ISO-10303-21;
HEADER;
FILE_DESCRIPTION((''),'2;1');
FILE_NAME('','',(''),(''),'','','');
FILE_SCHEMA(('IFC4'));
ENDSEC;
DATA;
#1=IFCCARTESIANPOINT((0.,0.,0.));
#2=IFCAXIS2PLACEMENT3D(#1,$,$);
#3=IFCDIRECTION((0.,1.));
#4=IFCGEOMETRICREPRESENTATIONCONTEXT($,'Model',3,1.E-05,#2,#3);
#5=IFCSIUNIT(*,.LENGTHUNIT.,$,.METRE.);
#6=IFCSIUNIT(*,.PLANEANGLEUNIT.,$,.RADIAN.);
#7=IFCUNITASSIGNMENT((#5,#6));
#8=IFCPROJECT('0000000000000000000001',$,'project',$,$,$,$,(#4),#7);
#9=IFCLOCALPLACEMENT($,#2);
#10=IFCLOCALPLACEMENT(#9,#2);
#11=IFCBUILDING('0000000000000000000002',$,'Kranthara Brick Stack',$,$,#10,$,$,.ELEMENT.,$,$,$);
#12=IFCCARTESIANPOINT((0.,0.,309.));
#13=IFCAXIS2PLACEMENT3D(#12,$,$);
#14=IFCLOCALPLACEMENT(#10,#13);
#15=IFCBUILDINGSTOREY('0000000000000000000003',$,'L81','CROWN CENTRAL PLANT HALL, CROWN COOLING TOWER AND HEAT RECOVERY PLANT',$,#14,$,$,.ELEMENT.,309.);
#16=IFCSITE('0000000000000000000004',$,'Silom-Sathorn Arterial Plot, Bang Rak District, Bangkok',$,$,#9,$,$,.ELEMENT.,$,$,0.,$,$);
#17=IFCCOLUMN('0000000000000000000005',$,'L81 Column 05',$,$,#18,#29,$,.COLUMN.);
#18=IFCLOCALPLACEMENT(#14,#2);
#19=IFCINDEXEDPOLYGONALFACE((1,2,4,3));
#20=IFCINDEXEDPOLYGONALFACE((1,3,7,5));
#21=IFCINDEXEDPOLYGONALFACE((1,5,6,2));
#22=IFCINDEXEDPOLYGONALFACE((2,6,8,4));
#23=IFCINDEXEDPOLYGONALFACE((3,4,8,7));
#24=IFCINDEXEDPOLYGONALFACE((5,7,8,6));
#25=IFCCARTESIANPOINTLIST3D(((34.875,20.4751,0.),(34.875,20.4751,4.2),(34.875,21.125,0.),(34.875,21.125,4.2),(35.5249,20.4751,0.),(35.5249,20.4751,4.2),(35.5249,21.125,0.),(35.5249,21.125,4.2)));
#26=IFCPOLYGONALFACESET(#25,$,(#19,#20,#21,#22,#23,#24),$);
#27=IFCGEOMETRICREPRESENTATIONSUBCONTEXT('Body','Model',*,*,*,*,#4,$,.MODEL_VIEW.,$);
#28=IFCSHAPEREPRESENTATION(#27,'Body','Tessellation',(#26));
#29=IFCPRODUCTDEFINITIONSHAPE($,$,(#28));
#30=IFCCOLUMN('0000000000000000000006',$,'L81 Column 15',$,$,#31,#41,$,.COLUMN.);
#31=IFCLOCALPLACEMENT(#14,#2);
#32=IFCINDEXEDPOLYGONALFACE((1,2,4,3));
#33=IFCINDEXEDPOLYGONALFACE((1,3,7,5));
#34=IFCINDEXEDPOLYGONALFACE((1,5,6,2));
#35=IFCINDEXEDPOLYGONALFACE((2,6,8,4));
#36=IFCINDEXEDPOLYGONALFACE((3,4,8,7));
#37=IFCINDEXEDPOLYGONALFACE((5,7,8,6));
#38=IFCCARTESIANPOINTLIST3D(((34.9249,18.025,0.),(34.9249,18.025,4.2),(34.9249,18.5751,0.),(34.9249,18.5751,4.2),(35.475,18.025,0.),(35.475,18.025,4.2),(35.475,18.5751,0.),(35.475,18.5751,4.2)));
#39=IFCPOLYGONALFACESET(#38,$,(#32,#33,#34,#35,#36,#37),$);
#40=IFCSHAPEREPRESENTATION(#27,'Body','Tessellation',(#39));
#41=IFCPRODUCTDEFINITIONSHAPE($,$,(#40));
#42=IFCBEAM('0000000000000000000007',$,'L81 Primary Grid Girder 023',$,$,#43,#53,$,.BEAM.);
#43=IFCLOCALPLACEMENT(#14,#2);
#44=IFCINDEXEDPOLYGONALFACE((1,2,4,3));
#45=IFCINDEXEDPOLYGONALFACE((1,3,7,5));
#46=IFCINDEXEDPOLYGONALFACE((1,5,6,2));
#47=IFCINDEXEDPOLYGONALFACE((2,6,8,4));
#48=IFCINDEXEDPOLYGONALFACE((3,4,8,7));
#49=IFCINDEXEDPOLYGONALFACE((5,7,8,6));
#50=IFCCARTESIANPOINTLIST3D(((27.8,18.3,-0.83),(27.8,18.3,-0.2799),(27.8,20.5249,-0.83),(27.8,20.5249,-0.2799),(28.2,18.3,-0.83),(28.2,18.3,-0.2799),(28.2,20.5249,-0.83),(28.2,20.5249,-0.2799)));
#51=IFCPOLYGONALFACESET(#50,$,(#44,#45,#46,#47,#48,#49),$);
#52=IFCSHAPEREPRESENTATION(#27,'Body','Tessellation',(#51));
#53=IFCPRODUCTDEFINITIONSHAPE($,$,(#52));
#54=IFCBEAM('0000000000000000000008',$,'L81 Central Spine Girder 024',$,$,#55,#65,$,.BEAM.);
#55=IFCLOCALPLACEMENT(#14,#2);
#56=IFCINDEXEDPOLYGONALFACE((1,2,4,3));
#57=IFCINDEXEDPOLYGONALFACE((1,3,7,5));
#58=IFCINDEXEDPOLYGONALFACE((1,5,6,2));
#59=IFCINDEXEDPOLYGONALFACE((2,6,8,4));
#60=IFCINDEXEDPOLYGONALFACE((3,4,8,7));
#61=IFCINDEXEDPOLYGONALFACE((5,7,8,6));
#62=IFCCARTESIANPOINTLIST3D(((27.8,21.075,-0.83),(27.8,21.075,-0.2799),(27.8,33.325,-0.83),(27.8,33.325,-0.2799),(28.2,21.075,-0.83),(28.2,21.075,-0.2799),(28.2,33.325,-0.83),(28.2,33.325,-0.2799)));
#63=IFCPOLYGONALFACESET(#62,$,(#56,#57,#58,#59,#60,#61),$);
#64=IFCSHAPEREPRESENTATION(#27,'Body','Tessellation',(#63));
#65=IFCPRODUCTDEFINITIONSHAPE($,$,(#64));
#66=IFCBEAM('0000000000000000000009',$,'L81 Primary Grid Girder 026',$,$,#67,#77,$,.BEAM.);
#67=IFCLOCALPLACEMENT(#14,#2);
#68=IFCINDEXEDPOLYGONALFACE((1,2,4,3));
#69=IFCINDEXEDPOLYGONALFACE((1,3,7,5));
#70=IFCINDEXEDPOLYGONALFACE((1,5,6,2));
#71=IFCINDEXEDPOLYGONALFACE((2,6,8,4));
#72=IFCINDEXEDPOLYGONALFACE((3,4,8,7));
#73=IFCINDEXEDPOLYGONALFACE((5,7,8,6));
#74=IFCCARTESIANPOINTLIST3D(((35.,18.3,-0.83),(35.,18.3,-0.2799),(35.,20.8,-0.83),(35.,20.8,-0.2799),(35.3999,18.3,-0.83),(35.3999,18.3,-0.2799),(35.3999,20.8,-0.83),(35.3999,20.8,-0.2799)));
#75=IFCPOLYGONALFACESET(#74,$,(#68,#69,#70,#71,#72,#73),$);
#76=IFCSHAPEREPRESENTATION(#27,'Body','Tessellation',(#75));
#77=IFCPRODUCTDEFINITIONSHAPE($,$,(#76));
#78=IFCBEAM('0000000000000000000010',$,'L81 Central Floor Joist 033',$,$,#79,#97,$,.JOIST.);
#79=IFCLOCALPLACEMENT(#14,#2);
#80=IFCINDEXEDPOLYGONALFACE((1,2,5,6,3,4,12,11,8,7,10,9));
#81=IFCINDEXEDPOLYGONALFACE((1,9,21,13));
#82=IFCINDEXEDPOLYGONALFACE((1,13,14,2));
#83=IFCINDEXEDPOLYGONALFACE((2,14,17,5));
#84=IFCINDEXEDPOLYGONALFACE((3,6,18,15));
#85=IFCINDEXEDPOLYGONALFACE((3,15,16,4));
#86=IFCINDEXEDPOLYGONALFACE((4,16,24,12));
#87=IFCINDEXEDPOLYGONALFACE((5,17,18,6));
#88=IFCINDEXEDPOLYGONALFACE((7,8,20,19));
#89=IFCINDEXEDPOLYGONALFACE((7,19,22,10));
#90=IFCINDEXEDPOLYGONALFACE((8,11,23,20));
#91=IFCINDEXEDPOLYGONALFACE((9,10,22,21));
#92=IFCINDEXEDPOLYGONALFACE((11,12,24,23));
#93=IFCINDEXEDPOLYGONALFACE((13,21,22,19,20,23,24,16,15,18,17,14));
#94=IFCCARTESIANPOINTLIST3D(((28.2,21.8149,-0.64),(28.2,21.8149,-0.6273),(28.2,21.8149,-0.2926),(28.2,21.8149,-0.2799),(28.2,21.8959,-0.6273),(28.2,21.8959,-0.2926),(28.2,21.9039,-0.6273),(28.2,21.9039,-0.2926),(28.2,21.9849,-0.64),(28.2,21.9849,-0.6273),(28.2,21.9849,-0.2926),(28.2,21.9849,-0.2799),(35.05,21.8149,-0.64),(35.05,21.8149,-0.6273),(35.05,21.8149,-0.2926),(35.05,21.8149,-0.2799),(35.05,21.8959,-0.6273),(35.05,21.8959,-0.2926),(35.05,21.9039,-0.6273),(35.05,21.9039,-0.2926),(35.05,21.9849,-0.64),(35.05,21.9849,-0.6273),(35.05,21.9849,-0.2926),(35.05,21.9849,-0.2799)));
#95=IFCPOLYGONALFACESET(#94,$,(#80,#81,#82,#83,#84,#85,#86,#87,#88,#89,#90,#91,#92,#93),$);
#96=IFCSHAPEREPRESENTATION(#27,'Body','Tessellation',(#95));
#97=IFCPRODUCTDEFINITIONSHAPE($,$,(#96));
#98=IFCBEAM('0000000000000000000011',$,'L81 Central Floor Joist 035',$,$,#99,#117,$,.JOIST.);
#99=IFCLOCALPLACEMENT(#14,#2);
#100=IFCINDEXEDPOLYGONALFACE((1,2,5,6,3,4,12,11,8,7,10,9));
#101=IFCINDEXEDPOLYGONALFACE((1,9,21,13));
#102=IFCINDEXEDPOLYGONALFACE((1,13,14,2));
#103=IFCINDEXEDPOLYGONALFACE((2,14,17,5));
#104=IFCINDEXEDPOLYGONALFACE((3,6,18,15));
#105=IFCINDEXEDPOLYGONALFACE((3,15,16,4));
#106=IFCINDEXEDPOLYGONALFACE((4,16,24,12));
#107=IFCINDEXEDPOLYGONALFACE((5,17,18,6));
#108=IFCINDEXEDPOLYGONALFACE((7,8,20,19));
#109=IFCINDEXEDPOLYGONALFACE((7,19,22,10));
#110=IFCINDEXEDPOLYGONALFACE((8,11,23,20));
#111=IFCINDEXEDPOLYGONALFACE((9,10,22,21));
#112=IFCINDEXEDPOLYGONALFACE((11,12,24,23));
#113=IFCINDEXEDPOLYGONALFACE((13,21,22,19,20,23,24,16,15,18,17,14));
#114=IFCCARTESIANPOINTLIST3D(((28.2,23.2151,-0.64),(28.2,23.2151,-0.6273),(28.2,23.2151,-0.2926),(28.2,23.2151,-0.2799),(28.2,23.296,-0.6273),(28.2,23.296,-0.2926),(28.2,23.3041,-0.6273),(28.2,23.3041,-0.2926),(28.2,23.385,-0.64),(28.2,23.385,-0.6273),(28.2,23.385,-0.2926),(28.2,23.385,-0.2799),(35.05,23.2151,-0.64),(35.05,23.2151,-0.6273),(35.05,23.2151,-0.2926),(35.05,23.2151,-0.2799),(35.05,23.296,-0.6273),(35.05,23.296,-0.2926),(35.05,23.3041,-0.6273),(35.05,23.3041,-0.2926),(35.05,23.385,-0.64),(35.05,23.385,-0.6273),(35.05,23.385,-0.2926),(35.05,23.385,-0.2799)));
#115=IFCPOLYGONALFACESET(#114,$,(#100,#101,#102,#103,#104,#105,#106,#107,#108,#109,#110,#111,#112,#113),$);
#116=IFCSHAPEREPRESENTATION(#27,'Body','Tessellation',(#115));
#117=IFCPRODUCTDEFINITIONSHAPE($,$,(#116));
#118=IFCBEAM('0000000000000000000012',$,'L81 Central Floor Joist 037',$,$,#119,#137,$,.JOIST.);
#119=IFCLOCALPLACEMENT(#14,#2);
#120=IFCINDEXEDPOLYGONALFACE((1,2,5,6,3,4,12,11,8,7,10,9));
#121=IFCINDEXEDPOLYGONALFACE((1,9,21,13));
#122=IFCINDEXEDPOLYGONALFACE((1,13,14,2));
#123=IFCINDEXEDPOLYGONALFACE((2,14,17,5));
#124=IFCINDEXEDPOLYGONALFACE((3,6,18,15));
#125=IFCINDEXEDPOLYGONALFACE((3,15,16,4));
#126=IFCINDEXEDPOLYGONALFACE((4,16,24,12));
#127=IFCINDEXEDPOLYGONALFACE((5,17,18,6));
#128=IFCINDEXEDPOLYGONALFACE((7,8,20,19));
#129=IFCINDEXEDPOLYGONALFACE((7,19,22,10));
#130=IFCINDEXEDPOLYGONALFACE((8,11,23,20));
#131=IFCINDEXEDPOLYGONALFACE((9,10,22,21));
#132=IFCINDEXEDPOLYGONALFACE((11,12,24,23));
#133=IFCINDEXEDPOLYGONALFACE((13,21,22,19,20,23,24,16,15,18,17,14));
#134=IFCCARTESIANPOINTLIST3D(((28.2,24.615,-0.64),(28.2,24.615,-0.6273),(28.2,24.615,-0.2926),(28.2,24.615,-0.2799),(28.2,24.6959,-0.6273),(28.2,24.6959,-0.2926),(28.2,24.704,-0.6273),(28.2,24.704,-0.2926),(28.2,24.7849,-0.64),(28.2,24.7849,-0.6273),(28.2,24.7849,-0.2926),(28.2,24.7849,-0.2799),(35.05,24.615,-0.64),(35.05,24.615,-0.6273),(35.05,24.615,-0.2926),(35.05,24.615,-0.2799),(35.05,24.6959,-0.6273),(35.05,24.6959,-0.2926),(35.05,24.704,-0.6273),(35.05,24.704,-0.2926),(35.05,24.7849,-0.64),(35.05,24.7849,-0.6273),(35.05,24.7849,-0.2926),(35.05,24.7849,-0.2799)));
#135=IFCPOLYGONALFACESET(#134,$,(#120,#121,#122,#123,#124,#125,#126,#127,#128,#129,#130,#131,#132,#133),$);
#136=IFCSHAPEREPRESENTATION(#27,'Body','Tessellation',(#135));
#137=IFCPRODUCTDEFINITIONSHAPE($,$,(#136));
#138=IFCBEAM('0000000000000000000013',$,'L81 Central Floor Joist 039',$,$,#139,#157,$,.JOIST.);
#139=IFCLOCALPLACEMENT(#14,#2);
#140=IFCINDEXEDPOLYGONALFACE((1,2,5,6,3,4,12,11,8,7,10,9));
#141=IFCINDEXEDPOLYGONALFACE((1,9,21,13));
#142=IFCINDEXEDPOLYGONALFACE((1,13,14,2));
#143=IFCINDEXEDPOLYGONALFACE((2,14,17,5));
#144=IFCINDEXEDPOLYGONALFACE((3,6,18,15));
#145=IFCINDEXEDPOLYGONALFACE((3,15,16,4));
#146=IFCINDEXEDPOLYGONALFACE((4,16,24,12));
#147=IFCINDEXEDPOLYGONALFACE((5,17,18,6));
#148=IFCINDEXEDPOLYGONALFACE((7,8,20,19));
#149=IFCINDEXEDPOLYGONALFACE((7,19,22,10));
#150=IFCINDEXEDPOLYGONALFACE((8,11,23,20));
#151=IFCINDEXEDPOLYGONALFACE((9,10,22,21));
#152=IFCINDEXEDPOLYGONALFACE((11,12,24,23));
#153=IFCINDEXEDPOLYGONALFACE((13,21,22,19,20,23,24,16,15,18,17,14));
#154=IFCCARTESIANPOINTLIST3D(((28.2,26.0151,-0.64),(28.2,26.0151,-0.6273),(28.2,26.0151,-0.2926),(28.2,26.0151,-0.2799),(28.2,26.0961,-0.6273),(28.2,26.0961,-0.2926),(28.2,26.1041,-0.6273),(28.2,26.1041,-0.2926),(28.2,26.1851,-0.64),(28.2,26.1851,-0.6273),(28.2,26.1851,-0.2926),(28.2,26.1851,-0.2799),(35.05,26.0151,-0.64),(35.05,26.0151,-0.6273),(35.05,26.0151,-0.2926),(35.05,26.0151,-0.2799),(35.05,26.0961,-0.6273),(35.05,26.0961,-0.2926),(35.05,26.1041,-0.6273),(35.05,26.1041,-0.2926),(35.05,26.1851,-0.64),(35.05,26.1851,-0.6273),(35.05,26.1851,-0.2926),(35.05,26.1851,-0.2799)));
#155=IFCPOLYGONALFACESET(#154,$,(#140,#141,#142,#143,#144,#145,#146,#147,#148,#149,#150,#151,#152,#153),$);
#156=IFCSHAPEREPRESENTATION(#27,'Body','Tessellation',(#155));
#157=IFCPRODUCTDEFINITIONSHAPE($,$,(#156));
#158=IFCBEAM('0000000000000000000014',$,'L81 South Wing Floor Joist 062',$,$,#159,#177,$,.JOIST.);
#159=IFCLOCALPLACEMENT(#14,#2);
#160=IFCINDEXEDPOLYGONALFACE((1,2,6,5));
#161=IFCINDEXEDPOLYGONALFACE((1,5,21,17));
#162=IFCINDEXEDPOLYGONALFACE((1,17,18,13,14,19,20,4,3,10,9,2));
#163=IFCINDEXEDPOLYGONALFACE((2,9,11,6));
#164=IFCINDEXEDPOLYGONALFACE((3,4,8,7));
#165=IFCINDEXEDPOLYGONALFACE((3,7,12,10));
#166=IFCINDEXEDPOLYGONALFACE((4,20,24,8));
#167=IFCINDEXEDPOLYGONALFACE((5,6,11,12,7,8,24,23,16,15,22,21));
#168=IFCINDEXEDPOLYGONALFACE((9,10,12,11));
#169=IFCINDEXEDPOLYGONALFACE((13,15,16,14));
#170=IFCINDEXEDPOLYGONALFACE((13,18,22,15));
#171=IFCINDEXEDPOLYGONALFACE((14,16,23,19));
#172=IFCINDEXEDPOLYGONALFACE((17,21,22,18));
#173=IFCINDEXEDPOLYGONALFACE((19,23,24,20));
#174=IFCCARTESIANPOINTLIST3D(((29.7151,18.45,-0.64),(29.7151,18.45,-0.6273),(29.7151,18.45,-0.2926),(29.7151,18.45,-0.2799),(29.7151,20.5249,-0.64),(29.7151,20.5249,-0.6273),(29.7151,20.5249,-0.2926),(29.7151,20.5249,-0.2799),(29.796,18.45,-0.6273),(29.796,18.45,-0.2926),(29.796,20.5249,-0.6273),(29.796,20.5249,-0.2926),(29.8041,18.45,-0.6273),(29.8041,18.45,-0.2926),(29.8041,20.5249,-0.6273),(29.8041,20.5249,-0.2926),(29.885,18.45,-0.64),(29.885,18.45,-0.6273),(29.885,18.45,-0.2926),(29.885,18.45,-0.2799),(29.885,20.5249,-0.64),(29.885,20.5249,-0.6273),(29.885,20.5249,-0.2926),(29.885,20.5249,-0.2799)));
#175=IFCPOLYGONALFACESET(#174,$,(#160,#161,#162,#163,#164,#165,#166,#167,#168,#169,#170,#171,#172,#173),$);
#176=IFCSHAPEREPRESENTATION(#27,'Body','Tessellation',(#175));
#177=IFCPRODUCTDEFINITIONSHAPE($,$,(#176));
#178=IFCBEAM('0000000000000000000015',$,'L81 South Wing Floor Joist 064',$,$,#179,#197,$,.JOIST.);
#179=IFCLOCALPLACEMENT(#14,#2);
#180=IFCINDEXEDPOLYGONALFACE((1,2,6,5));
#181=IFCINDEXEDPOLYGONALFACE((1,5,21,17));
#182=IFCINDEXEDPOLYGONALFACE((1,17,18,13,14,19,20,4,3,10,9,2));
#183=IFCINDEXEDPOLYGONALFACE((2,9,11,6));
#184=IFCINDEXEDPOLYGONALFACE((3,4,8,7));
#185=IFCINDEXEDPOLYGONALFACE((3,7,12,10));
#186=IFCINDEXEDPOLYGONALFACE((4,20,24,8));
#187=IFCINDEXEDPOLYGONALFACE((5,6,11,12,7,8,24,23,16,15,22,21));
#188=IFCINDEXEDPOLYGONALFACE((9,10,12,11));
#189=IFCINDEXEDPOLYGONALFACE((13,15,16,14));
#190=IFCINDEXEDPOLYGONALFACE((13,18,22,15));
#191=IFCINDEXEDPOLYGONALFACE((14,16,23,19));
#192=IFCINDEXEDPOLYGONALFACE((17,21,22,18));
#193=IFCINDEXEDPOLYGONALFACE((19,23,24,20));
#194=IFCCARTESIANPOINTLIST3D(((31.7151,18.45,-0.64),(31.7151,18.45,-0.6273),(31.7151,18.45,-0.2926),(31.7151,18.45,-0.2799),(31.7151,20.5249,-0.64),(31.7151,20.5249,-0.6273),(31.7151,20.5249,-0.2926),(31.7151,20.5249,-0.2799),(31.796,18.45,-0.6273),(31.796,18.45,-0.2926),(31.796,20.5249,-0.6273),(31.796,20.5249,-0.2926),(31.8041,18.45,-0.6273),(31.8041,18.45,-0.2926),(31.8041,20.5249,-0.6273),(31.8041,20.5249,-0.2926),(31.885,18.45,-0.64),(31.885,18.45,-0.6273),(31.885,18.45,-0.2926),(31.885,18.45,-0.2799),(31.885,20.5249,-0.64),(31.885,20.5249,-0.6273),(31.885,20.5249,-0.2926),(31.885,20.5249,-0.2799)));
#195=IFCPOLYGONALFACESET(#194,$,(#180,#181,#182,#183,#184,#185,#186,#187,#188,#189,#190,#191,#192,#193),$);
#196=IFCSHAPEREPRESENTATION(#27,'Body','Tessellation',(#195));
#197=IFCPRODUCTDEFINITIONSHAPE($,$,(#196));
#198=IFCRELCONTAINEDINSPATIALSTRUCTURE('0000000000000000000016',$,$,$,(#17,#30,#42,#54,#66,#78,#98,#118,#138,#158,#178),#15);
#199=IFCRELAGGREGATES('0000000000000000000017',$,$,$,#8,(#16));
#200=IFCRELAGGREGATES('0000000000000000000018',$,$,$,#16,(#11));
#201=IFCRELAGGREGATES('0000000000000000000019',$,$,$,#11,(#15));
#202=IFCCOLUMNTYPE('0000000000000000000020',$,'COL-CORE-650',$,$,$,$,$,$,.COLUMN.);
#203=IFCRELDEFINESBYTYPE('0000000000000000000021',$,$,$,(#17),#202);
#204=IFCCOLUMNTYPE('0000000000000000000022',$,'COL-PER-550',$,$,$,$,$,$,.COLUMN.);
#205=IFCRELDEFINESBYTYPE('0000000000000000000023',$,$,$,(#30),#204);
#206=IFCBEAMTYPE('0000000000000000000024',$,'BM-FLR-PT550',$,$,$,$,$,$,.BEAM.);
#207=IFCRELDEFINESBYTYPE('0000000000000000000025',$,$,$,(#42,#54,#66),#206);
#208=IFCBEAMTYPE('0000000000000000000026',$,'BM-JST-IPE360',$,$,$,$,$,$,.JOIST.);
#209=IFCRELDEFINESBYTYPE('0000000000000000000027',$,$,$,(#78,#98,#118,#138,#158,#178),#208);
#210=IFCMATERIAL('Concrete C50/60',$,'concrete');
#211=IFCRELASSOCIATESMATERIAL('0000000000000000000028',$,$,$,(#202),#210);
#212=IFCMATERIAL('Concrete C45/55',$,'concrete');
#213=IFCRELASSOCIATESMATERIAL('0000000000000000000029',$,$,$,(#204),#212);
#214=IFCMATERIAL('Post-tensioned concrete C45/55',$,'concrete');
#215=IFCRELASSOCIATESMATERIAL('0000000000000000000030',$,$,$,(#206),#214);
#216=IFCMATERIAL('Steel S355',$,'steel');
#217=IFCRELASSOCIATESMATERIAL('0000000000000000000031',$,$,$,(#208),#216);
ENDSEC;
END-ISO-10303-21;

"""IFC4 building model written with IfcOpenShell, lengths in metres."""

from ifc_helpers import new_model, si_unit, direction, frame, origin, origin_2d, place, context, subcontext, project, spatial, rectangle, i_section, extrude, material, material_profile, profile_set, type_object, element, save


model = new_model("IFC4")

# Units and contexts
model_context = context("Model", 3, precision=1e-05, world=origin(), true_north=direction((0.0, 1.0)))
body_context = subcontext(model_context, "Body", "Model", "MODEL_VIEW")
ifc_project = project(units=[si_unit("LENGTHUNIT", "METRE"), si_unit("PLANEANGLEUNIT", "RADIAN")], contexts=[model_context])

# Site, building, storey
site_placement = place(None, origin())
site = spatial("IfcSite", under=ifc_project, at=site_placement, Name="Silom-Sathorn Arterial Plot, Bang Rak District, Bangkok", CompositionType="ELEMENT", RefElevation=0.0)
building_placement = place(site_placement, origin())
building = spatial("IfcBuilding", under=site, at=building_placement, Name="Kranthara Brick Stack", CompositionType="ELEMENT")
storey_placement = place(building_placement, frame((0.0, 0.0, 309.0)))
storey = spatial("IfcBuildingStorey", under=building, at=storey_placement, Name="L81", Description="CROWN CENTRAL PLANT HALL, CROWN COOLING TOWER AND HEAT RECOVERY PLANT", CompositionType="ELEMENT", Elevation=309.0)

# Columns
ifc_material_1 = material(Name="Concrete C50/60", Category="concrete")
ifc_material_profile_1 = material_profile(ifc_material_1, rectangle(XDim=0.6499, YDim=0.6499, at=origin_2d()), Name="RC 650x650")
ifc_profile_set_1 = profile_set([ifc_material_profile_1], Name="Concrete C50/60")
column_type_1 = type_object("IfcColumnType", Name="COL-CORE-650", PredefinedType="COLUMN", material=ifc_profile_set_1)
column_1_placement = place(storey_placement, frame((35.2, 20.8, 0.0), z_axis=(0.0, 0.0, 1.0), x_axis=(1.0, 0.0, 0.0)))
element("IfcColumn", 1, at=column_1_placement, inside=storey, type_object=column_type_1, Name="L81 Column 05", PredefinedType="COLUMN", context=body_context, shape_type="SweptSolid", body=[
    extrude(rectangle(XDim=0.6499, YDim=0.6499, at=origin_2d()), origin(), (0.0, 0.0, 1.0), 4.2),
])
ifc_material_2 = material(Name="Concrete C45/55", Category="concrete")
ifc_material_profile_2 = material_profile(ifc_material_2, rectangle(XDim=0.55, YDim=0.55, at=origin_2d()), Name="RC 550x550")
ifc_profile_set_2 = profile_set([ifc_material_profile_2], Name="Concrete C45/55")
column_type_2 = type_object("IfcColumnType", Name="COL-PER-550", PredefinedType="COLUMN", material=ifc_profile_set_2)
column_2_placement = place(storey_placement, frame((35.2, 18.3, 0.0), z_axis=(0.0, 0.0, 1.0), x_axis=(1.0, 0.0, 0.0)))
element("IfcColumn", 2, at=column_2_placement, inside=storey, type_object=column_type_2, Name="L81 Column 15", PredefinedType="COLUMN", context=body_context, shape_type="SweptSolid", body=[
    extrude(rectangle(XDim=0.55, YDim=0.55, at=origin_2d()), origin(), (0.0, 0.0, 1.0), 4.2),
])

# Beams
ifc_material_3 = material(Name="Post-tensioned concrete C45/55", Category="concrete")
ifc_material_profile_3 = material_profile(ifc_material_3, rectangle(XDim=0.3999, YDim=0.55, at=origin_2d()), Name="PT 400x550")
ifc_profile_set_3 = profile_set([ifc_material_profile_3], Name="Post-tensioned concrete C45/55")
beam_type_1 = type_object("IfcBeamType", Name="BM-FLR-PT550", PredefinedType="BEAM", material=ifc_profile_set_3)
beam_1_placement = place(storey_placement, frame((28.0, 18.3, -0.5549), z_axis=(0.0, 1.0, 0.0), x_axis=(-1.0, 0.0, 0.0)))
element("IfcBeam", 3, at=beam_1_placement, inside=storey, type_object=beam_type_1, Name="L81 Primary Grid Girder 023", PredefinedType="BEAM", context=body_context, shape_type="SweptSolid", body=[
    extrude(rectangle(XDim=0.3999, YDim=0.55, at=origin_2d()), origin(), (0.0, 0.0, 1.0), 2.2249),
])
beam_2_placement = place(storey_placement, frame((28.0, 21.075, -0.5549), z_axis=(0.0, 1.0, 0.0), x_axis=(-1.0, 0.0, 0.0)))
element("IfcBeam", 4, at=beam_2_placement, inside=storey, type_object=beam_type_1, Name="L81 Central Spine Girder 024", PredefinedType="BEAM", context=body_context, shape_type="SweptSolid", body=[
    extrude(rectangle(XDim=0.3999, YDim=0.55, at=origin_2d()), origin(), (0.0, 0.0, 1.0), 12.25),
])
beam_3_placement = place(storey_placement, frame((35.2, 18.3, -0.5549), z_axis=(0.0, 1.0, 0.0), x_axis=(-1.0, 0.0, 0.0)))
element("IfcBeam", 5, at=beam_3_placement, inside=storey, type_object=beam_type_1, Name="L81 Primary Grid Girder 026", PredefinedType="BEAM", context=body_context, shape_type="SweptSolid", body=[
    extrude(rectangle(XDim=0.3999, YDim=0.55, at=origin_2d()), origin(), (0.0, 0.0, 1.0), 2.5),
])
ifc_material_4 = material(Name="Steel S355", Category="steel")
ifc_material_profile_4 = material_profile(ifc_material_4, i_section(OverallWidth=0.1699, OverallDepth=0.3601, WebThickness=0.0081, FlangeThickness=0.0127, at=origin_2d()), Name="IPE 360")
ifc_profile_set_4 = profile_set([ifc_material_profile_4], Name="Steel S355")
beam_type_2 = type_object("IfcBeamType", Name="BM-JST-IPE360", PredefinedType="JOIST", material=ifc_profile_set_4)
for number, where, z_axis, x_axis, name in (
    (6, (28.2, 21.8999, -0.46), (1.0, 0.0, 0.0), (0.0, 1.0, 0.0), "L81 Central Floor Joist 033"),
    (7, (28.2, 23.3, -0.46), (1.0, 0.0, 0.0), (0.0, 1.0, 0.0), "L81 Central Floor Joist 035"),
    (8, (28.2, 24.7, -0.46), (1.0, 0.0, 0.0), (0.0, 1.0, 0.0), "L81 Central Floor Joist 037"),
    (9, (28.2, 26.1001, -0.46), (1.0, 0.0, 0.0), (0.0, 1.0, 0.0), "L81 Central Floor Joist 039"),
):
    element("IfcBeam", number, at=place(storey_placement, frame(where, z_axis=z_axis, x_axis=x_axis)), inside=storey, type_object=beam_type_2, Name=name, PredefinedType="JOIST", context=body_context, shape_type="SweptSolid", body=[
        extrude(i_section(OverallWidth=0.1699, OverallDepth=0.3601, WebThickness=0.0081, FlangeThickness=0.0127, at=origin_2d()), origin(), (0.0, 0.0, 1.0), 6.8501),
    ])
for number, where, z_axis, x_axis, name in (
    (10, (29.8, 18.45, -0.46), (0.0, 1.0, 0.0), (-1.0, 0.0, 0.0), "L81 South Wing Floor Joist 062"),
    (11, (31.8, 18.45, -0.46), (0.0, 1.0, 0.0), (-1.0, 0.0, 0.0), "L81 South Wing Floor Joist 064"),
):
    element("IfcBeam", number, at=place(storey_placement, frame(where, z_axis=z_axis, x_axis=x_axis)), inside=storey, type_object=beam_type_2, Name=name, PredefinedType="JOIST", context=body_context, shape_type="SweptSolid", body=[
        extrude(i_section(OverallWidth=0.1699, OverallDepth=0.3601, WebThickness=0.0081, FlangeThickness=0.0127, at=origin_2d()), origin(), (0.0, 0.0, 1.0), 2.075),
    ])

save(model, "model.ifc")
